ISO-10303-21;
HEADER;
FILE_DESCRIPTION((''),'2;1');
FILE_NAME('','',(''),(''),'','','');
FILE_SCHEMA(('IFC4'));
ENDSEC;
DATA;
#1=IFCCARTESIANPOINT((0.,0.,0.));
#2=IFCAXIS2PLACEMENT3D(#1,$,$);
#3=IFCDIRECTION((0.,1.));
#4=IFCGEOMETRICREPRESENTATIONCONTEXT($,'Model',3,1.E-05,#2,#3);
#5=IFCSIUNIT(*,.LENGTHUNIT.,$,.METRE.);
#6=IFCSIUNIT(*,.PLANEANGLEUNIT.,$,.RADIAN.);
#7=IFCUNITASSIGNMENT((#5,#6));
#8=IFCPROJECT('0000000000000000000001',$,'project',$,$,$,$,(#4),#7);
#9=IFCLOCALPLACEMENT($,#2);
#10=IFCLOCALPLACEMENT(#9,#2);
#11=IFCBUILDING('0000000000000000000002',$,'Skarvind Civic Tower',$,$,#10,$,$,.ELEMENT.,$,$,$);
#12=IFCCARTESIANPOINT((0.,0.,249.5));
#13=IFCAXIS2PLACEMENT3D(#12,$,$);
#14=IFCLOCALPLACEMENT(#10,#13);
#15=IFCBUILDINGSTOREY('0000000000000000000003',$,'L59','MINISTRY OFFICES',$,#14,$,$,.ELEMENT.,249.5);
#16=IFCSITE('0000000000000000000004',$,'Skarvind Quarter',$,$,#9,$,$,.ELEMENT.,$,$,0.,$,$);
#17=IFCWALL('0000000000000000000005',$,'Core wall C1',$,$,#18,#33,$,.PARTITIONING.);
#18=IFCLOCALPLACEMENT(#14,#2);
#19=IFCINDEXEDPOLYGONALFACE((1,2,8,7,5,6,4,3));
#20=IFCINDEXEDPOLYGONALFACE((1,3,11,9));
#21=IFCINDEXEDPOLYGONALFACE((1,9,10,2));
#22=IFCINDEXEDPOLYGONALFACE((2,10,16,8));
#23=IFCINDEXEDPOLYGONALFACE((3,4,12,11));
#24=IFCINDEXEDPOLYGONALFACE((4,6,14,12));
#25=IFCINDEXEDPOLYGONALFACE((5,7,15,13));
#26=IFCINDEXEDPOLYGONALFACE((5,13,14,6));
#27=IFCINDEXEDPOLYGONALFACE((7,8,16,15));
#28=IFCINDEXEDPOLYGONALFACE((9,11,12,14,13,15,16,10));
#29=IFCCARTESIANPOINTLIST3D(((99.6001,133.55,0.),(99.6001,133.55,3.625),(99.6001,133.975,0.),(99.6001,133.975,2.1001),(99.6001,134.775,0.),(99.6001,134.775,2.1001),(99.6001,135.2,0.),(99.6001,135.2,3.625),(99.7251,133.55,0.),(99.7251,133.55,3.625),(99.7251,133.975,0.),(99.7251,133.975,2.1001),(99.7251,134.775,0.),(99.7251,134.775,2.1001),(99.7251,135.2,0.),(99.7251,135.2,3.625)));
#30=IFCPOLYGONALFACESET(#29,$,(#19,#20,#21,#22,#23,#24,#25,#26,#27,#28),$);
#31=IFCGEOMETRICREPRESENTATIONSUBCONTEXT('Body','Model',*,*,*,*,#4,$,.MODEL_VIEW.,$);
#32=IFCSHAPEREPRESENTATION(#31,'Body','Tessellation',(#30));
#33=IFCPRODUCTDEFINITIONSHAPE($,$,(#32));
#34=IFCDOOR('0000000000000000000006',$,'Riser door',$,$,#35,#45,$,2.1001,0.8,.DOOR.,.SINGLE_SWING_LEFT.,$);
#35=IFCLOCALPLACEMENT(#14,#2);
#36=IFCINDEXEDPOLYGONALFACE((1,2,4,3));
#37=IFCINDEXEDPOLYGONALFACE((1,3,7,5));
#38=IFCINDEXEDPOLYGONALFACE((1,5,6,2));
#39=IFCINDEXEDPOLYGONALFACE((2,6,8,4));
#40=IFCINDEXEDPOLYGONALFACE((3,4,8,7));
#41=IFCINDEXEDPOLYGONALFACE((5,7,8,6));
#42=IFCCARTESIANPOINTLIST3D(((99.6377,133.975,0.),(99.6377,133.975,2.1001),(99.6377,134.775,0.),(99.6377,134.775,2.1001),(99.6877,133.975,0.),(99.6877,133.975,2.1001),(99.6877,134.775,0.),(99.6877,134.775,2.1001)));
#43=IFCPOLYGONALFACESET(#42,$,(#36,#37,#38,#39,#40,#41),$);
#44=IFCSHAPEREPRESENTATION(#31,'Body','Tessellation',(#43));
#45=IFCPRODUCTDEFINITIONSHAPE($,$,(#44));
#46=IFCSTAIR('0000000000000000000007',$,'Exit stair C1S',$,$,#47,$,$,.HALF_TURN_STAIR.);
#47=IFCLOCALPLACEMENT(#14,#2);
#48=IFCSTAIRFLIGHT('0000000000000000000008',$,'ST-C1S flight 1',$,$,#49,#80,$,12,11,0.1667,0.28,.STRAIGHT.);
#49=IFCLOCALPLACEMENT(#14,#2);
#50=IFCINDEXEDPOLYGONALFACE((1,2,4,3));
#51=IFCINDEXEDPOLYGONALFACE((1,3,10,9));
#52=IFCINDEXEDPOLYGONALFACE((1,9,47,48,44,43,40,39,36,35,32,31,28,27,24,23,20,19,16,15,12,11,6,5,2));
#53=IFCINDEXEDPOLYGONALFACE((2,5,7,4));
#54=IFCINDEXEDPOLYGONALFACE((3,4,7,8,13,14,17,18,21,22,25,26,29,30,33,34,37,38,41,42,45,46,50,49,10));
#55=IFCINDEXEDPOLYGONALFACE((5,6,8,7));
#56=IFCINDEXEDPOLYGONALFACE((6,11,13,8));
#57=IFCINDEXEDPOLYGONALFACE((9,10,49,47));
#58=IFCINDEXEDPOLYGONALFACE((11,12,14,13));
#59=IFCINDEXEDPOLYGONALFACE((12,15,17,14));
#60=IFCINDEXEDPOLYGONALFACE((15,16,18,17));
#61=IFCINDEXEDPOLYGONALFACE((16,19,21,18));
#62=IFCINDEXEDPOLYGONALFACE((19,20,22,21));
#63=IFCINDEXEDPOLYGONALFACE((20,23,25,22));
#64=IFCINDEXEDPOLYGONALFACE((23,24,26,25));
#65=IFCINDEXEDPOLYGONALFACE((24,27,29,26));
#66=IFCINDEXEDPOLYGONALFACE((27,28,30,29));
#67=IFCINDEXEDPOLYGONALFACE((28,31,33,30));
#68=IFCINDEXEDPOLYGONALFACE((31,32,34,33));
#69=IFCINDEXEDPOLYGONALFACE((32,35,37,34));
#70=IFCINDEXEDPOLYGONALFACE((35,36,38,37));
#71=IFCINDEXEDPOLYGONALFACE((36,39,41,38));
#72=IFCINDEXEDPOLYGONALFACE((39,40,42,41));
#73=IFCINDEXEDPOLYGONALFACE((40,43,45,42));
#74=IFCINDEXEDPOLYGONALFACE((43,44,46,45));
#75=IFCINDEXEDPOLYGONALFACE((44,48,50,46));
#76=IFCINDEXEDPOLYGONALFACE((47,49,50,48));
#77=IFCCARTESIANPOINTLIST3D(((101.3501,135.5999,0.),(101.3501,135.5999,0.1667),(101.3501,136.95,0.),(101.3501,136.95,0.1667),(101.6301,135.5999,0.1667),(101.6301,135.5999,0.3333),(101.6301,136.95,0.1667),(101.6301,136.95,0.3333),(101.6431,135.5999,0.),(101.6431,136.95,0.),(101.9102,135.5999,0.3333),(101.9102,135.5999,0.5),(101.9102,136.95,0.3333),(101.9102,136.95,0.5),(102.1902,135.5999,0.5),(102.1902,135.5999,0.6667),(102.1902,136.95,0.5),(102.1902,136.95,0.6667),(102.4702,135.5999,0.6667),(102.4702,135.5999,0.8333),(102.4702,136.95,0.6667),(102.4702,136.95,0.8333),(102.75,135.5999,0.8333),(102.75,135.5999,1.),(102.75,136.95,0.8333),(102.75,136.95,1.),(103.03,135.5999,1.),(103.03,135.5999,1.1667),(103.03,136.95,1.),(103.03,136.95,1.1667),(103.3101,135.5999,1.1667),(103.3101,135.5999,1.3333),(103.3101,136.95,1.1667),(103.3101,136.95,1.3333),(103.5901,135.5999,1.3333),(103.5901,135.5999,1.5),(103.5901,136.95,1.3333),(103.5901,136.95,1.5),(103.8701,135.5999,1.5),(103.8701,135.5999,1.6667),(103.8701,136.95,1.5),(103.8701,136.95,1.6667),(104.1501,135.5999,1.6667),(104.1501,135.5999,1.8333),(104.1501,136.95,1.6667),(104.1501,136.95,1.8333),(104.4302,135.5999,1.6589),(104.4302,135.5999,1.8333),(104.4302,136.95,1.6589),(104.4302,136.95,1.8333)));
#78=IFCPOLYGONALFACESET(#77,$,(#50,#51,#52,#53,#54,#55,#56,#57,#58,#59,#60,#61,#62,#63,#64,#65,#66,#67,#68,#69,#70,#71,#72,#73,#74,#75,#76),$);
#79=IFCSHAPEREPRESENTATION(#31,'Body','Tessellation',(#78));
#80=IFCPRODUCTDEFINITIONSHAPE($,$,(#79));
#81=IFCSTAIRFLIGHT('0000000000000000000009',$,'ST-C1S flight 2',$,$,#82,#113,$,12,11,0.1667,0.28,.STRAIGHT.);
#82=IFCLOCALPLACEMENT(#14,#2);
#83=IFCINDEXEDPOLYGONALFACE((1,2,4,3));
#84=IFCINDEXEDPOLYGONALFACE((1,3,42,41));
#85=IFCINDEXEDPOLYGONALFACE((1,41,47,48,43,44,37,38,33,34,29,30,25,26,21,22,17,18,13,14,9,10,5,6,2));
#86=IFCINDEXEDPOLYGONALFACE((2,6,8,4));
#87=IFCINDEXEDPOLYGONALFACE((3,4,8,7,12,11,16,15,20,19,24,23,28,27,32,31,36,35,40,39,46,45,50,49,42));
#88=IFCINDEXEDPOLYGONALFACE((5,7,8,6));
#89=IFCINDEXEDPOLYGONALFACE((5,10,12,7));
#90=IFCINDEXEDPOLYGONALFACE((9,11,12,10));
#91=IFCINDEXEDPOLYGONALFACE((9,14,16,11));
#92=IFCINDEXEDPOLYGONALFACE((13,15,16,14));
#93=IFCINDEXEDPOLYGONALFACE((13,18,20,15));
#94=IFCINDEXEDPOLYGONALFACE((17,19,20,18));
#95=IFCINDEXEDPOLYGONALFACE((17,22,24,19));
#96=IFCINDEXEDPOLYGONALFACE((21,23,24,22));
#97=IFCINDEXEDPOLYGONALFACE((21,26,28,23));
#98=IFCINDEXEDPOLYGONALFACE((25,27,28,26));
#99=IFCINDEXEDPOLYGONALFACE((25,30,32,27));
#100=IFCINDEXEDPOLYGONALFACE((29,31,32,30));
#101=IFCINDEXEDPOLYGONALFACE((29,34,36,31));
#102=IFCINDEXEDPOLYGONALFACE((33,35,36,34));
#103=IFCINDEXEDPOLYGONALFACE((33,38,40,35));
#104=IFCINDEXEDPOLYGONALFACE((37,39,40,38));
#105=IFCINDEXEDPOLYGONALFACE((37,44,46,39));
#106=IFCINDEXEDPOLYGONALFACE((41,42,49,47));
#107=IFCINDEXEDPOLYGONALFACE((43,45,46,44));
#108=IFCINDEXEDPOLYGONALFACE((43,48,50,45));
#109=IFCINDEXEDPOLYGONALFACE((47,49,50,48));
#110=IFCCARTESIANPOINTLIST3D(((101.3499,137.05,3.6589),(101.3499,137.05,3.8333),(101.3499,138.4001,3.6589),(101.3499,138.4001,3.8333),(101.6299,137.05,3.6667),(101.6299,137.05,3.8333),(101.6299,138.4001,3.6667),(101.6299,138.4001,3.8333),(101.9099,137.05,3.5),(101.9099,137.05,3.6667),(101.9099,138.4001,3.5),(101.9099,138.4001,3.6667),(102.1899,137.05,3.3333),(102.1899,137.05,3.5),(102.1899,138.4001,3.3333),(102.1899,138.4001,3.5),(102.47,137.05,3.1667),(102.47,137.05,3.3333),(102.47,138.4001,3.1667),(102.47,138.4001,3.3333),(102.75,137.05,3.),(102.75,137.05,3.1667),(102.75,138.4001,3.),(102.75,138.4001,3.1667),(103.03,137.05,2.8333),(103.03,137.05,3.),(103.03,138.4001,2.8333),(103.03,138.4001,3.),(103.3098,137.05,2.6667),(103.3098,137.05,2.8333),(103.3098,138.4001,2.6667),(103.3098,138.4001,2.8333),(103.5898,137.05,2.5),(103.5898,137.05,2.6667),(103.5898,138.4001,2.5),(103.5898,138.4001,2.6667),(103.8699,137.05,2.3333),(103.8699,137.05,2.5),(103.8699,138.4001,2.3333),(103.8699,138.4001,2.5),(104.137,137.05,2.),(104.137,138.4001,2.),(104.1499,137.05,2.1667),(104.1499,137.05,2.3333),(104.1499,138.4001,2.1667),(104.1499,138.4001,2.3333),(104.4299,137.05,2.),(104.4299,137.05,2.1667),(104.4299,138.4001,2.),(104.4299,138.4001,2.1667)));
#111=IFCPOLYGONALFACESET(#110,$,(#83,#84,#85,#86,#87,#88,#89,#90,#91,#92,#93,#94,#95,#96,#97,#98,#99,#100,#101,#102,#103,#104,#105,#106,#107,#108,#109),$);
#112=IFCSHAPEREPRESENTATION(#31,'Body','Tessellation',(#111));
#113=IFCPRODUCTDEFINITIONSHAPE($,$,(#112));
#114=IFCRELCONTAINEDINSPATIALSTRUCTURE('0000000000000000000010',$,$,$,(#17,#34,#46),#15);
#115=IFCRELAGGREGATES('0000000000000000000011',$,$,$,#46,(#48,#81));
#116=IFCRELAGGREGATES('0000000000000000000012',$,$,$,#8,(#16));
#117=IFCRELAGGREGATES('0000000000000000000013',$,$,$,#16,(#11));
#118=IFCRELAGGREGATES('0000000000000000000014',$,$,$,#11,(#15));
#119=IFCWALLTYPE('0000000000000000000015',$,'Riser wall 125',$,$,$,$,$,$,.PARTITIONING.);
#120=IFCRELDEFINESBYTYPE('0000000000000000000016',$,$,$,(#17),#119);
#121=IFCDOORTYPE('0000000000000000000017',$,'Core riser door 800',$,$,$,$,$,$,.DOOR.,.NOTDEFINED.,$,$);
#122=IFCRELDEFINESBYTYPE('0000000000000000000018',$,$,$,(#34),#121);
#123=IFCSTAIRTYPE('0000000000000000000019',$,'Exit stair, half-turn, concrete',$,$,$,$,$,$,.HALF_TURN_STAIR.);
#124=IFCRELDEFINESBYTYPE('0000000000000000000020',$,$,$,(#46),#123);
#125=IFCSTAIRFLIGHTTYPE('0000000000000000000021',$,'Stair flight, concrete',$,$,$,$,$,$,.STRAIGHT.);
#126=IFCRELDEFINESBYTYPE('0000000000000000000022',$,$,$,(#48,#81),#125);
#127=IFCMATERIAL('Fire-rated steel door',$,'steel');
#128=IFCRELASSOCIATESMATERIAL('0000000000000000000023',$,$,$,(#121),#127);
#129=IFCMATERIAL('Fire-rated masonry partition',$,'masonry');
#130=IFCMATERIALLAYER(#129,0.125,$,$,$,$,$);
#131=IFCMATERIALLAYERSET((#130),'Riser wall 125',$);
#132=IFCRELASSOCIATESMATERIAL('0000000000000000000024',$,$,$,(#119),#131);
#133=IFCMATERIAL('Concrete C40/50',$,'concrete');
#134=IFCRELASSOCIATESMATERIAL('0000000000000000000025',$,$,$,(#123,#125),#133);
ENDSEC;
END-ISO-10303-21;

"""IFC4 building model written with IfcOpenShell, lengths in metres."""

from ifc_helpers import new_model, si_unit, direction, frame, frame_2d, origin, place, context, subcontext, project, spatial, polyline, rectangle, outline, extrude, material, layer, layer_set, type_object, element, fill, aggregate, save


model = new_model("IFC4")

# Units and contexts
model_context = context("Model", 3, precision=1e-05, world=origin(), true_north=direction((0.0, 1.0)))
body_context = subcontext(model_context, "Body", "Model", "MODEL_VIEW")
ifc_project = project(units=[si_unit("LENGTHUNIT", "METRE"), si_unit("PLANEANGLEUNIT", "RADIAN")], contexts=[model_context])

# Site, building, storey
site_placement = place(None, origin())
site = spatial("IfcSite", under=ifc_project, at=site_placement, Name="Skarvind Quarter", CompositionType="ELEMENT", RefElevation=0.0)
building_placement = place(site_placement, origin())
building = spatial("IfcBuilding", under=site, at=building_placement, Name="Skarvind Civic Tower", CompositionType="ELEMENT")
storey_placement = place(building_placement, frame((0.0, 0.0, 249.5)))
storey = spatial("IfcBuildingStorey", under=building, at=storey_placement, Name="L59", Description="MINISTRY OFFICES", CompositionType="ELEMENT", Elevation=249.5)

# Shared definitions
ifc_material_1 = material(Name="Fire-rated steel door", Category="steel")
door_type_1 = type_object("IfcDoorType", Name="Core riser door 800", OperationType="NOTDEFINED", PredefinedType="DOOR", material=ifc_material_1)

# Wall, opening, door
ifc_material_2 = material(Name="Fire-rated masonry partition", Category="masonry")
ifc_layer_1 = layer(ifc_material_2, 0.125)
ifc_layer_set_1 = layer_set([ifc_layer_1], Name="Riser wall 125")
wall_type_1 = type_object("IfcWallType", Name="Riser wall 125", PredefinedType="PARTITIONING", material=ifc_layer_set_1)
wall_1_placement = place(storey_placement, frame((99.6626, 133.55, 0.0), z_axis=(0.0, 0.0, 1.0), x_axis=(0.0, 1.0, 0.0)))
wall_1 = element("IfcWall", 1, at=wall_1_placement, inside=storey, type_object=wall_type_1, Name="Core wall C1", PredefinedType="PARTITIONING", context=body_context, shape_type="SweptSolid", body=[
    extrude(rectangle(XDim=1.6499, YDim=0.125, at=frame_2d((0.825, 0.0))), origin(), (0.0, 0.0, 1.0), 3.625),
])
opening_1_placement = place(wall_1_placement, frame((0.425, 0.0, 0.0)))
opening_1 = element("IfcOpeningElement", 2, at=opening_1_placement, cuts=wall_1, PredefinedType="OPENING", context=body_context, shape_type="SweptSolid", body=[
    extrude(rectangle(XDim=0.8, YDim=2.1001, at=frame_2d((0.3999, 1.05))), frame((0.0, 0.0725, 0.0), z_axis=(0.0, -1.0, 0.0), x_axis=(1.0, 0.0, 0.0)), (0.0, 0.0, 1.0), 0.145),
])
door_1_placement = place(opening_1_placement, origin())
door_1 = element("IfcDoor", 3, at=door_1_placement, inside=storey, type_object=door_type_1, Name="Riser door", OperationType="SINGLE_SWING_LEFT", OverallHeight=2.1001, OverallWidth=0.8, PredefinedType="DOOR", context=body_context, shape_type="SweptSolid", body=[
    extrude(rectangle(XDim=0.8, YDim=2.1001, at=frame_2d((0.3999, 1.05))), frame((0.0, 0.0249, 0.0), z_axis=(0.0, -1.0, 0.0), x_axis=(1.0, 0.0, 0.0)), (0.0, 0.0, 1.0), 0.05),
])
fill(opening_1, door_1)

# Stair, stair flights
ifc_material_3 = material(Name="Concrete C40/50", Category="concrete")
stair_type = type_object("IfcStairType", Name="Exit stair, half-turn, concrete", PredefinedType="HALF_TURN_STAIR", material=ifc_material_3)
stair_placement = place(storey_placement, origin())
stair = element("IfcStair", 4, at=stair_placement, inside=storey, type_object=stair_type, Name="Exit stair C1S", PredefinedType="HALF_TURN_STAIR")
stair_flight_type = type_object("IfcStairFlightType", Name="Stair flight, concrete", PredefinedType="STRAIGHT", material=ifc_material_3)
stair_flight_1_placement = place(storey_placement, frame((101.3501, 136.2749, 0.0), z_axis=(0.0, 0.0, 1.0), x_axis=(1.0, 0.0, 0.0)))
stair_flight_1 = element("IfcStairFlight", 5, at=stair_flight_1_placement, type_object=stair_flight_type, Name="ST-C1S flight 1", NumberOfRisers=12, NumberOfTreads=11, PredefinedType="STRAIGHT", RiserHeight=0.1667, TreadLength=0.28, context=body_context, shape_type="SweptSolid", body=[
    extrude(outline(polyline([(0.0, 0.0), (0.0, 0.1667), (0.28, 0.1667), (0.28, 0.3333), (0.5601, 0.3333), (0.5601, 0.5), (0.8401, 0.5), (0.8401, 0.6667), (1.1201, 0.6667), (1.1201, 0.8333), (1.3999, 0.8333), (1.3999, 1.0), (1.6799, 1.0), (1.6799, 1.1667), (1.96, 1.1667), (1.96, 1.3333), (2.24, 1.3333), (2.24, 1.5), (2.52, 1.5), (2.52, 1.6667), (2.8, 1.6667), (2.8, 1.8333), (3.0801, 1.8333), (3.0801, 2.0), (3.0801, 1.6589), (0.293, 0.0), (0.0, 0.0)])), frame((0.0, 0.675, 0.0), z_axis=(0.0, -1.0, 0.0), x_axis=(1.0, 0.0, 0.0)), (0.0, 0.0, 1.0), 1.3501),
])
stair_flight_2_placement = place(storey_placement, frame((104.4299, 137.7251, 2.0), z_axis=(0.0, 0.0, 1.0), x_axis=(-1.0, 0.0, 0.0)))
stair_flight_2 = element("IfcStairFlight", 6, at=stair_flight_2_placement, type_object=stair_flight_type, Name="ST-C1S flight 2", NumberOfRisers=12, NumberOfTreads=11, PredefinedType="STRAIGHT", RiserHeight=0.1667, TreadLength=0.28, context=body_context, shape_type="SweptSolid", body=[
    extrude(outline(polyline([(0.0, 0.0), (0.0, 0.1667), (0.28, 0.1667), (0.28, 0.3333), (0.5601, 0.3333), (0.5601, 0.5), (0.8401, 0.5), (0.8401, 0.6667), (1.1201, 0.6667), (1.1201, 0.8333), (1.3999, 0.8333), (1.3999, 1.0), (1.6799, 1.0), (1.6799, 1.1667), (1.96, 1.1667), (1.96, 1.3333), (2.24, 1.3333), (2.24, 1.5), (2.52, 1.5), (2.52, 1.6667), (2.8, 1.6667), (2.8, 1.8333), (3.0801, 1.8333), (3.0801, 2.0), (3.0801, 1.6589), (0.293, 0.0), (0.0, 0.0)])), frame((0.0, 0.675, 0.0), z_axis=(0.0, -1.0, 0.0), x_axis=(1.0, 0.0, 0.0)), (0.0, 0.0, 1.0), 1.3501),
])
aggregate(stair, [stair_flight_1, stair_flight_2])

save(model, "model.ifc")
